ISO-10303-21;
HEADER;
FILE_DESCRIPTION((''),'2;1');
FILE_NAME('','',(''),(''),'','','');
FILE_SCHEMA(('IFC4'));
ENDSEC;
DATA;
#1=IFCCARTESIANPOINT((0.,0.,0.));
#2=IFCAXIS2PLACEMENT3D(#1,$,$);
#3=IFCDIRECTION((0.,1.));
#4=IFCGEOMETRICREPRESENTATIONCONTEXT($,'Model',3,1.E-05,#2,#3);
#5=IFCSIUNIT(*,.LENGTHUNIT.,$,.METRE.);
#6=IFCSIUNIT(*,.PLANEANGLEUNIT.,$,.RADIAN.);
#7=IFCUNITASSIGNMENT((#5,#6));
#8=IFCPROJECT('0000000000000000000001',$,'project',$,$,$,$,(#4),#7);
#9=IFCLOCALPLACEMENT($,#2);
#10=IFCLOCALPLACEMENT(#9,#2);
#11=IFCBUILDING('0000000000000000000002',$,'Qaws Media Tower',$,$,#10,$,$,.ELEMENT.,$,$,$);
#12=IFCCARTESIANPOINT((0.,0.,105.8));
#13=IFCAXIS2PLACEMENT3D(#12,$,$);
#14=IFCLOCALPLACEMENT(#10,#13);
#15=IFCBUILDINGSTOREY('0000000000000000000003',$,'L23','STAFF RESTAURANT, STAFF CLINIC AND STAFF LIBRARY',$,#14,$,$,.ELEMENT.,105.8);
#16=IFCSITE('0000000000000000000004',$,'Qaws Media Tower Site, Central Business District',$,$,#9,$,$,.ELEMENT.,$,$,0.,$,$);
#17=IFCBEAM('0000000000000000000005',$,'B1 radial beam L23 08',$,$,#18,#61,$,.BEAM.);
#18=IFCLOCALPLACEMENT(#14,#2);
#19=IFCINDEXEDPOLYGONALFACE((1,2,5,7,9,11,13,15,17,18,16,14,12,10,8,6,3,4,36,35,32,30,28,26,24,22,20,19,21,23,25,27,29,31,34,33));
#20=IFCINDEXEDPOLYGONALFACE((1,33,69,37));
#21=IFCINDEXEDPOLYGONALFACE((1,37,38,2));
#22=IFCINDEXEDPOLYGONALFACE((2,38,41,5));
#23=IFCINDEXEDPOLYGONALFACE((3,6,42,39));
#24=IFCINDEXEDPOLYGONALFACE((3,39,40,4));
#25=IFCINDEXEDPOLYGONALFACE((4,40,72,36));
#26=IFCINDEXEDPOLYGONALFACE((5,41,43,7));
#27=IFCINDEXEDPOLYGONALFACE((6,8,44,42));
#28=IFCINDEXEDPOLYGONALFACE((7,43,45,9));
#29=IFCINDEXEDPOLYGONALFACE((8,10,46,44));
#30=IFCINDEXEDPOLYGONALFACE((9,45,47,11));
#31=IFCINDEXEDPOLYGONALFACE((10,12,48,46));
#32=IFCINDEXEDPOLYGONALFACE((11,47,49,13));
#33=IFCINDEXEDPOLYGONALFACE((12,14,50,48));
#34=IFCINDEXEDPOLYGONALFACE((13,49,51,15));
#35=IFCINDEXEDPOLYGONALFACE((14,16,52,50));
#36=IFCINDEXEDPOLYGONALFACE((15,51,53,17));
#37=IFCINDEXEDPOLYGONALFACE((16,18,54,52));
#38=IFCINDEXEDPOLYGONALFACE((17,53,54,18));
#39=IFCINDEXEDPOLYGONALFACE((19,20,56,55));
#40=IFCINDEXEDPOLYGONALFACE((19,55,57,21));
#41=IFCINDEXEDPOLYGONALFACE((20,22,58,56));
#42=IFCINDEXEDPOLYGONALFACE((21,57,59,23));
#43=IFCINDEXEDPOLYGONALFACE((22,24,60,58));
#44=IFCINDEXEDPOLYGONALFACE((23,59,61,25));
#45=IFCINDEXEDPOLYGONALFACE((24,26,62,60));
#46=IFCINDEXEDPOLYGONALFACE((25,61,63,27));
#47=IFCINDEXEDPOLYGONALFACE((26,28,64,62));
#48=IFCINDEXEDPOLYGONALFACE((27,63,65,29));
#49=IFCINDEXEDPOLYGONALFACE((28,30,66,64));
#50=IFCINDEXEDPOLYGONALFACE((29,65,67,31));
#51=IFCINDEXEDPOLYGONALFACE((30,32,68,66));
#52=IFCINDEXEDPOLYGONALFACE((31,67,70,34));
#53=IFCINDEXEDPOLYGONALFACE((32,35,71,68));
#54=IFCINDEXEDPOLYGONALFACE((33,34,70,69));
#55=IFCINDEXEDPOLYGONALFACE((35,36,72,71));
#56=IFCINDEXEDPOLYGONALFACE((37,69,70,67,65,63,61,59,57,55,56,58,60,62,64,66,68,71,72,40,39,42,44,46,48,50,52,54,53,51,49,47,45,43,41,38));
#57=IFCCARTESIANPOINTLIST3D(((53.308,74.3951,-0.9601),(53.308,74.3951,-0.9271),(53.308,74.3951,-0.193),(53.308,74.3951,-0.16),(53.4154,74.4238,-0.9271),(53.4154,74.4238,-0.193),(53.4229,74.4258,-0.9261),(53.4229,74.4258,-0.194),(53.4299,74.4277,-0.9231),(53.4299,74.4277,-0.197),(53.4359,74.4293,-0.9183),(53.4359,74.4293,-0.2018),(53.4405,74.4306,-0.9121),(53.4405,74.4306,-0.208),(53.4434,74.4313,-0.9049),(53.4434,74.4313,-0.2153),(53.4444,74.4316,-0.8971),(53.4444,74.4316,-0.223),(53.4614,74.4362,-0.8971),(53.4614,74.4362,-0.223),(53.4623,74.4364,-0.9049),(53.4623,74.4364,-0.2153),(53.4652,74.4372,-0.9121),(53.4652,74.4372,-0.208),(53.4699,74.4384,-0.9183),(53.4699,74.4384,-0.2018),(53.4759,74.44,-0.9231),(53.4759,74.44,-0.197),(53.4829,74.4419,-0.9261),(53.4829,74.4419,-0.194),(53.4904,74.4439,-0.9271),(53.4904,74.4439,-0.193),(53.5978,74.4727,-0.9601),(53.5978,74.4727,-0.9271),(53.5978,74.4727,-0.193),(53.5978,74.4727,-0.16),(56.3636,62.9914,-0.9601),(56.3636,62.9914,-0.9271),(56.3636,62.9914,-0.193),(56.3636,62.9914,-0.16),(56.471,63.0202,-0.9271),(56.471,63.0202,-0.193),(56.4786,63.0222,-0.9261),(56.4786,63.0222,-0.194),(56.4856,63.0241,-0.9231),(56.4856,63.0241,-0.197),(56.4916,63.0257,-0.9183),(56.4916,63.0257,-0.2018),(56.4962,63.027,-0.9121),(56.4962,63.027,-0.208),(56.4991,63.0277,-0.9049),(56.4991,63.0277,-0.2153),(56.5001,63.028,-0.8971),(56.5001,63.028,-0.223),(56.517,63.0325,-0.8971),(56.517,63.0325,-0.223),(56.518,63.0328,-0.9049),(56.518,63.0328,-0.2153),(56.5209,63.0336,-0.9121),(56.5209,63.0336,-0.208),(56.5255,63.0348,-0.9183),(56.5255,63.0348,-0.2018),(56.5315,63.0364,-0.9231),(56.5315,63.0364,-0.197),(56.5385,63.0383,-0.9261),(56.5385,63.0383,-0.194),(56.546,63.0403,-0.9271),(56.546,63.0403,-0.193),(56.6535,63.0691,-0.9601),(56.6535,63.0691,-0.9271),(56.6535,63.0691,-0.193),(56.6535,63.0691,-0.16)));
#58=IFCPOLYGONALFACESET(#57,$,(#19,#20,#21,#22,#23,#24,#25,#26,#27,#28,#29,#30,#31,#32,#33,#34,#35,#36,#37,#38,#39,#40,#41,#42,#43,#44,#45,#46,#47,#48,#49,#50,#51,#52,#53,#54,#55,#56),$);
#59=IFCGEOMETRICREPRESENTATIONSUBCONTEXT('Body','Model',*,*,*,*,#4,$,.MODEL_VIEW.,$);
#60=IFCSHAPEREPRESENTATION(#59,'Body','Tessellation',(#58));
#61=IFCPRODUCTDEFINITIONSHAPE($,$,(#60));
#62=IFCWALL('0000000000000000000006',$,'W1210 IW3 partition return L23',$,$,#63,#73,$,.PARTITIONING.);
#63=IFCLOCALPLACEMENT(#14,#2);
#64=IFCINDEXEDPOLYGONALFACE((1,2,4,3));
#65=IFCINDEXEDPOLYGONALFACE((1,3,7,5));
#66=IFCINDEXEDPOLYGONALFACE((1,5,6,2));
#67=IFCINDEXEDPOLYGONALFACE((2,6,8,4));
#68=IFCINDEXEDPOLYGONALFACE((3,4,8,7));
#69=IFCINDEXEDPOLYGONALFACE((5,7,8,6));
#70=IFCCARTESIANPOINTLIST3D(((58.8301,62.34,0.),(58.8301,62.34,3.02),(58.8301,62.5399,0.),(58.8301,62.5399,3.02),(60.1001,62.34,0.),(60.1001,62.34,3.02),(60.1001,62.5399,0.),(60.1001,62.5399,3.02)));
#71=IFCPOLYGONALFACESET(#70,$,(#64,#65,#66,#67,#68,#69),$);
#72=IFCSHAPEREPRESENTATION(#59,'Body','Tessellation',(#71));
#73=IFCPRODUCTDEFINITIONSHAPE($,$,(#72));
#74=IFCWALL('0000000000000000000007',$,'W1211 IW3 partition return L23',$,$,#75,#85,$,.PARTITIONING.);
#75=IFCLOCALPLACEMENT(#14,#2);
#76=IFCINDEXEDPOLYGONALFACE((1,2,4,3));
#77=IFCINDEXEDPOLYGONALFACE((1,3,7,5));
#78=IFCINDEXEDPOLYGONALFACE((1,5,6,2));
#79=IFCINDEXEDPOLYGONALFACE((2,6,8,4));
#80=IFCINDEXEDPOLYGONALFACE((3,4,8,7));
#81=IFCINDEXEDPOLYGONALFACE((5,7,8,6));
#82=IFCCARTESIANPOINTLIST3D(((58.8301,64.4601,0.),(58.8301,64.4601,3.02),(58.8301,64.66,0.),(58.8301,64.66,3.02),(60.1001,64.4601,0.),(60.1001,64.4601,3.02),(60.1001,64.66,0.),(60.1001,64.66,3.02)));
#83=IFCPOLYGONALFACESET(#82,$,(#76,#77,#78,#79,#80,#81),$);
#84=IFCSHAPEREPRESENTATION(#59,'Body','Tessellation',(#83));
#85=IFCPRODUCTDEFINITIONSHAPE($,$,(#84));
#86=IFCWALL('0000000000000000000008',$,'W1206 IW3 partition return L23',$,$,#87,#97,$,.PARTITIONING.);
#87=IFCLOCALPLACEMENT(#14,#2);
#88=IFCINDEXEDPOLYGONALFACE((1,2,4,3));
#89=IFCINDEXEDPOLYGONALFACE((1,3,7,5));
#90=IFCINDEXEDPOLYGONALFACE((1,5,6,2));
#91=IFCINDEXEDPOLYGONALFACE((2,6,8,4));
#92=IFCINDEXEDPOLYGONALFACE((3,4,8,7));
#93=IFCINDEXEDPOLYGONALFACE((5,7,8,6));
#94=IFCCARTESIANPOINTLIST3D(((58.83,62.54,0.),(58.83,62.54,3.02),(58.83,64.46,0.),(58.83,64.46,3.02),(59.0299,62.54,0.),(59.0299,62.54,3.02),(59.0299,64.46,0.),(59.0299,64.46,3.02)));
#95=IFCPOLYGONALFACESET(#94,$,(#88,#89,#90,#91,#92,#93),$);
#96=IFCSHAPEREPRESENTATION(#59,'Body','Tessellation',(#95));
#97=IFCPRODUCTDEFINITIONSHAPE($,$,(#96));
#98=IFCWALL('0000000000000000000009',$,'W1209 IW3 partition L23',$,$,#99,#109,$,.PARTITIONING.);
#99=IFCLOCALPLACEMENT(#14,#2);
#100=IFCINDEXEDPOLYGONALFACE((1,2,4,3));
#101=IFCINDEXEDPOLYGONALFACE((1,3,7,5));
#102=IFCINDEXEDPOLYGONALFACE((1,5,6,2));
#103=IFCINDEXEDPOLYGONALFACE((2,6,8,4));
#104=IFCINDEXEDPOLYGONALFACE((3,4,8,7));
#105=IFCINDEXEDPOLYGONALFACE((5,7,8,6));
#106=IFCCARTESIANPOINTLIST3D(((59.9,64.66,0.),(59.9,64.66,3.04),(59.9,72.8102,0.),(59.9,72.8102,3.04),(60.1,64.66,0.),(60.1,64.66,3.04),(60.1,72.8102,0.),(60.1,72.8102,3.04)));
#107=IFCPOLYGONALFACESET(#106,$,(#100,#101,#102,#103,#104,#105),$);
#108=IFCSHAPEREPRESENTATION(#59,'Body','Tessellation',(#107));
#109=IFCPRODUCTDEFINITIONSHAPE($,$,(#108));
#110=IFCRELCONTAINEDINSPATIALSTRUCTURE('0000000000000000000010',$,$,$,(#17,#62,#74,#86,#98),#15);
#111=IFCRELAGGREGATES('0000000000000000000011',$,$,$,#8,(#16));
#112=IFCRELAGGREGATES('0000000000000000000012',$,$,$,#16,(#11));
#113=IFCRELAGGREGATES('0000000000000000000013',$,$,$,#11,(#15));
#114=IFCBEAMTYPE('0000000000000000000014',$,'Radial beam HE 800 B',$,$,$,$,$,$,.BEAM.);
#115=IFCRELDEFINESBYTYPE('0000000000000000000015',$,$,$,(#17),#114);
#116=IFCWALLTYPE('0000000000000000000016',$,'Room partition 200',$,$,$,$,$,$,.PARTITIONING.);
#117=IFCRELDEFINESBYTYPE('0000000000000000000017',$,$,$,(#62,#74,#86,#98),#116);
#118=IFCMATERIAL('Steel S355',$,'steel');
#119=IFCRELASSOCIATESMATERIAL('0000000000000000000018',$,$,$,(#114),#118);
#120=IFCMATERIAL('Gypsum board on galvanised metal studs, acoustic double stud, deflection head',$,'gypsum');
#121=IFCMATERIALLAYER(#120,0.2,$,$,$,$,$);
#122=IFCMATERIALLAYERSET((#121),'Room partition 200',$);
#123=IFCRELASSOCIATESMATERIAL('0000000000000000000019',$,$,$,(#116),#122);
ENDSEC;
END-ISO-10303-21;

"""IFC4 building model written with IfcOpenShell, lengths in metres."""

from ifc_helpers import new_model, si_unit, direction, frame, frame_2d, origin, origin_2d, place, context, subcontext, project, spatial, rectangle, i_section, extrude, material, layer, layer_set, material_profile, profile_set, type_object, element, save


model = new_model("IFC4")

# Units and contexts
model_context = context("Model", 3, precision=1e-05, world=origin(), true_north=direction((0.0, 1.0)))
body_context = subcontext(model_context, "Body", "Model", "MODEL_VIEW")
ifc_project = project(units=[si_unit("LENGTHUNIT", "METRE"), si_unit("PLANEANGLEUNIT", "RADIAN")], contexts=[model_context])

# Site, building, storey
site_placement = place(None, origin())
site = spatial("IfcSite", under=ifc_project, at=site_placement, Name="Qaws Media Tower Site, Central Business District", CompositionType="ELEMENT", RefElevation=0.0)
building_placement = place(site_placement, origin())
building = spatial("IfcBuilding", under=site, at=building_placement, Name="Qaws Media Tower", CompositionType="ELEMENT")
storey_placement = place(building_placement, frame((0.0, 0.0, 105.8)))
storey = spatial("IfcBuildingStorey", under=building, at=storey_placement, Name="L23", Description="STAFF RESTAURANT, STAFF CLINIC AND STAFF LIBRARY", CompositionType="ELEMENT", Elevation=105.8)

# Beam
ifc_material_1 = material(Name="Steel S355", Category="steel")
ifc_material_profile_1 = material_profile(ifc_material_1, i_section(OverallWidth=0.3, OverallDepth=0.8, WebThickness=0.0176, FlangeThickness=0.033, FilletRadius=0.03, at=origin_2d()), Name="HE 800 B")
ifc_profile_set_1 = profile_set([ifc_material_profile_1], Name="Steel S355")
beam_type_1 = type_object("IfcBeamType", Name="Radial beam HE 800 B", PredefinedType="BEAM", material=ifc_profile_set_1)
beam_1_placement = place(storey_placement, frame((56.5085, 63.0303, -0.5601), z_axis=(-0.258826, 0.965924, 0.0), x_axis=(-0.965924, -0.258826, 0.0)))
element("IfcBeam", 1, at=beam_1_placement, inside=storey, type_object=beam_type_1, Name="B1 radial beam L23 08", PredefinedType="BEAM", context=body_context, shape_type="SweptSolid", body=[
    extrude(i_section(OverallWidth=0.3, OverallDepth=0.8, WebThickness=0.0176, FlangeThickness=0.033, FilletRadius=0.03, at=origin_2d()), origin(), (0.0, 0.0, 1.0), 11.8059),
])

# Shared definitions
ifc_material_2 = material(Name="Gypsum board on galvanised metal studs, acoustic double stud, deflection head", Category="gypsum")
ifc_layer = layer(ifc_material_2, 0.2)
ifc_layer_set = layer_set([ifc_layer], Name="Room partition 200")
wall_type = type_object("IfcWallType", Name="Room partition 200", PredefinedType="PARTITIONING", material=ifc_layer_set)

# Walls
for number, where, z_axis, x_axis, name in (
    (2, (60.1001, 62.4399, 0.0), (0.0, 0.0, 1.0), (-1.0, 0.0, 0.0), "W1210 IW3 partition return L23"),
    (3, (60.1001, 64.5601, 0.0), (0.0, 0.0, 1.0), (-1.0, 0.0, 0.0), "W1211 IW3 partition return L23"),
):
    element("IfcWall", number, at=place(storey_placement, frame(where, z_axis=z_axis, x_axis=x_axis)), inside=storey, type_object=wall_type, Name=name, PredefinedType="PARTITIONING", context=body_context, shape_type="SweptSolid", body=[
        extrude(rectangle(XDim=1.27, YDim=0.2, at=frame_2d((0.635, 0.0))), origin(), (0.0, 0.0, 1.0), 3.02),
    ])
wall_1_placement = place(storey_placement, frame((58.9299, 62.54, 0.0), z_axis=(0.0, 0.0, 1.0), x_axis=(0.0, 1.0, 0.0)))
element("IfcWall", 4, at=wall_1_placement, inside=storey, type_object=wall_type, Name="W1206 IW3 partition return L23", PredefinedType="PARTITIONING", context=body_context, shape_type="SweptSolid", body=[
    extrude(rectangle(XDim=1.9199, YDim=0.2, at=frame_2d((0.96, 0.0))), origin(), (0.0, 0.0, 1.0), 3.02),
])
wall_2_placement = place(storey_placement, frame((60.0, 64.6599, 0.0), z_axis=(0.0, 0.0, 1.0), x_axis=(0.0, 1.0, 0.0)))
element("IfcWall", 5, at=wall_2_placement, inside=storey, type_object=wall_type, Name="W1209 IW3 partition L23", PredefinedType="PARTITIONING", context=body_context, shape_type="SweptSolid", body=[
    extrude(rectangle(XDim=8.1501, YDim=0.2, at=frame_2d((4.0752, 0.0))), origin(), (0.0, 0.0, 1.0), 3.04),
])

save(model, "model.ifc")
